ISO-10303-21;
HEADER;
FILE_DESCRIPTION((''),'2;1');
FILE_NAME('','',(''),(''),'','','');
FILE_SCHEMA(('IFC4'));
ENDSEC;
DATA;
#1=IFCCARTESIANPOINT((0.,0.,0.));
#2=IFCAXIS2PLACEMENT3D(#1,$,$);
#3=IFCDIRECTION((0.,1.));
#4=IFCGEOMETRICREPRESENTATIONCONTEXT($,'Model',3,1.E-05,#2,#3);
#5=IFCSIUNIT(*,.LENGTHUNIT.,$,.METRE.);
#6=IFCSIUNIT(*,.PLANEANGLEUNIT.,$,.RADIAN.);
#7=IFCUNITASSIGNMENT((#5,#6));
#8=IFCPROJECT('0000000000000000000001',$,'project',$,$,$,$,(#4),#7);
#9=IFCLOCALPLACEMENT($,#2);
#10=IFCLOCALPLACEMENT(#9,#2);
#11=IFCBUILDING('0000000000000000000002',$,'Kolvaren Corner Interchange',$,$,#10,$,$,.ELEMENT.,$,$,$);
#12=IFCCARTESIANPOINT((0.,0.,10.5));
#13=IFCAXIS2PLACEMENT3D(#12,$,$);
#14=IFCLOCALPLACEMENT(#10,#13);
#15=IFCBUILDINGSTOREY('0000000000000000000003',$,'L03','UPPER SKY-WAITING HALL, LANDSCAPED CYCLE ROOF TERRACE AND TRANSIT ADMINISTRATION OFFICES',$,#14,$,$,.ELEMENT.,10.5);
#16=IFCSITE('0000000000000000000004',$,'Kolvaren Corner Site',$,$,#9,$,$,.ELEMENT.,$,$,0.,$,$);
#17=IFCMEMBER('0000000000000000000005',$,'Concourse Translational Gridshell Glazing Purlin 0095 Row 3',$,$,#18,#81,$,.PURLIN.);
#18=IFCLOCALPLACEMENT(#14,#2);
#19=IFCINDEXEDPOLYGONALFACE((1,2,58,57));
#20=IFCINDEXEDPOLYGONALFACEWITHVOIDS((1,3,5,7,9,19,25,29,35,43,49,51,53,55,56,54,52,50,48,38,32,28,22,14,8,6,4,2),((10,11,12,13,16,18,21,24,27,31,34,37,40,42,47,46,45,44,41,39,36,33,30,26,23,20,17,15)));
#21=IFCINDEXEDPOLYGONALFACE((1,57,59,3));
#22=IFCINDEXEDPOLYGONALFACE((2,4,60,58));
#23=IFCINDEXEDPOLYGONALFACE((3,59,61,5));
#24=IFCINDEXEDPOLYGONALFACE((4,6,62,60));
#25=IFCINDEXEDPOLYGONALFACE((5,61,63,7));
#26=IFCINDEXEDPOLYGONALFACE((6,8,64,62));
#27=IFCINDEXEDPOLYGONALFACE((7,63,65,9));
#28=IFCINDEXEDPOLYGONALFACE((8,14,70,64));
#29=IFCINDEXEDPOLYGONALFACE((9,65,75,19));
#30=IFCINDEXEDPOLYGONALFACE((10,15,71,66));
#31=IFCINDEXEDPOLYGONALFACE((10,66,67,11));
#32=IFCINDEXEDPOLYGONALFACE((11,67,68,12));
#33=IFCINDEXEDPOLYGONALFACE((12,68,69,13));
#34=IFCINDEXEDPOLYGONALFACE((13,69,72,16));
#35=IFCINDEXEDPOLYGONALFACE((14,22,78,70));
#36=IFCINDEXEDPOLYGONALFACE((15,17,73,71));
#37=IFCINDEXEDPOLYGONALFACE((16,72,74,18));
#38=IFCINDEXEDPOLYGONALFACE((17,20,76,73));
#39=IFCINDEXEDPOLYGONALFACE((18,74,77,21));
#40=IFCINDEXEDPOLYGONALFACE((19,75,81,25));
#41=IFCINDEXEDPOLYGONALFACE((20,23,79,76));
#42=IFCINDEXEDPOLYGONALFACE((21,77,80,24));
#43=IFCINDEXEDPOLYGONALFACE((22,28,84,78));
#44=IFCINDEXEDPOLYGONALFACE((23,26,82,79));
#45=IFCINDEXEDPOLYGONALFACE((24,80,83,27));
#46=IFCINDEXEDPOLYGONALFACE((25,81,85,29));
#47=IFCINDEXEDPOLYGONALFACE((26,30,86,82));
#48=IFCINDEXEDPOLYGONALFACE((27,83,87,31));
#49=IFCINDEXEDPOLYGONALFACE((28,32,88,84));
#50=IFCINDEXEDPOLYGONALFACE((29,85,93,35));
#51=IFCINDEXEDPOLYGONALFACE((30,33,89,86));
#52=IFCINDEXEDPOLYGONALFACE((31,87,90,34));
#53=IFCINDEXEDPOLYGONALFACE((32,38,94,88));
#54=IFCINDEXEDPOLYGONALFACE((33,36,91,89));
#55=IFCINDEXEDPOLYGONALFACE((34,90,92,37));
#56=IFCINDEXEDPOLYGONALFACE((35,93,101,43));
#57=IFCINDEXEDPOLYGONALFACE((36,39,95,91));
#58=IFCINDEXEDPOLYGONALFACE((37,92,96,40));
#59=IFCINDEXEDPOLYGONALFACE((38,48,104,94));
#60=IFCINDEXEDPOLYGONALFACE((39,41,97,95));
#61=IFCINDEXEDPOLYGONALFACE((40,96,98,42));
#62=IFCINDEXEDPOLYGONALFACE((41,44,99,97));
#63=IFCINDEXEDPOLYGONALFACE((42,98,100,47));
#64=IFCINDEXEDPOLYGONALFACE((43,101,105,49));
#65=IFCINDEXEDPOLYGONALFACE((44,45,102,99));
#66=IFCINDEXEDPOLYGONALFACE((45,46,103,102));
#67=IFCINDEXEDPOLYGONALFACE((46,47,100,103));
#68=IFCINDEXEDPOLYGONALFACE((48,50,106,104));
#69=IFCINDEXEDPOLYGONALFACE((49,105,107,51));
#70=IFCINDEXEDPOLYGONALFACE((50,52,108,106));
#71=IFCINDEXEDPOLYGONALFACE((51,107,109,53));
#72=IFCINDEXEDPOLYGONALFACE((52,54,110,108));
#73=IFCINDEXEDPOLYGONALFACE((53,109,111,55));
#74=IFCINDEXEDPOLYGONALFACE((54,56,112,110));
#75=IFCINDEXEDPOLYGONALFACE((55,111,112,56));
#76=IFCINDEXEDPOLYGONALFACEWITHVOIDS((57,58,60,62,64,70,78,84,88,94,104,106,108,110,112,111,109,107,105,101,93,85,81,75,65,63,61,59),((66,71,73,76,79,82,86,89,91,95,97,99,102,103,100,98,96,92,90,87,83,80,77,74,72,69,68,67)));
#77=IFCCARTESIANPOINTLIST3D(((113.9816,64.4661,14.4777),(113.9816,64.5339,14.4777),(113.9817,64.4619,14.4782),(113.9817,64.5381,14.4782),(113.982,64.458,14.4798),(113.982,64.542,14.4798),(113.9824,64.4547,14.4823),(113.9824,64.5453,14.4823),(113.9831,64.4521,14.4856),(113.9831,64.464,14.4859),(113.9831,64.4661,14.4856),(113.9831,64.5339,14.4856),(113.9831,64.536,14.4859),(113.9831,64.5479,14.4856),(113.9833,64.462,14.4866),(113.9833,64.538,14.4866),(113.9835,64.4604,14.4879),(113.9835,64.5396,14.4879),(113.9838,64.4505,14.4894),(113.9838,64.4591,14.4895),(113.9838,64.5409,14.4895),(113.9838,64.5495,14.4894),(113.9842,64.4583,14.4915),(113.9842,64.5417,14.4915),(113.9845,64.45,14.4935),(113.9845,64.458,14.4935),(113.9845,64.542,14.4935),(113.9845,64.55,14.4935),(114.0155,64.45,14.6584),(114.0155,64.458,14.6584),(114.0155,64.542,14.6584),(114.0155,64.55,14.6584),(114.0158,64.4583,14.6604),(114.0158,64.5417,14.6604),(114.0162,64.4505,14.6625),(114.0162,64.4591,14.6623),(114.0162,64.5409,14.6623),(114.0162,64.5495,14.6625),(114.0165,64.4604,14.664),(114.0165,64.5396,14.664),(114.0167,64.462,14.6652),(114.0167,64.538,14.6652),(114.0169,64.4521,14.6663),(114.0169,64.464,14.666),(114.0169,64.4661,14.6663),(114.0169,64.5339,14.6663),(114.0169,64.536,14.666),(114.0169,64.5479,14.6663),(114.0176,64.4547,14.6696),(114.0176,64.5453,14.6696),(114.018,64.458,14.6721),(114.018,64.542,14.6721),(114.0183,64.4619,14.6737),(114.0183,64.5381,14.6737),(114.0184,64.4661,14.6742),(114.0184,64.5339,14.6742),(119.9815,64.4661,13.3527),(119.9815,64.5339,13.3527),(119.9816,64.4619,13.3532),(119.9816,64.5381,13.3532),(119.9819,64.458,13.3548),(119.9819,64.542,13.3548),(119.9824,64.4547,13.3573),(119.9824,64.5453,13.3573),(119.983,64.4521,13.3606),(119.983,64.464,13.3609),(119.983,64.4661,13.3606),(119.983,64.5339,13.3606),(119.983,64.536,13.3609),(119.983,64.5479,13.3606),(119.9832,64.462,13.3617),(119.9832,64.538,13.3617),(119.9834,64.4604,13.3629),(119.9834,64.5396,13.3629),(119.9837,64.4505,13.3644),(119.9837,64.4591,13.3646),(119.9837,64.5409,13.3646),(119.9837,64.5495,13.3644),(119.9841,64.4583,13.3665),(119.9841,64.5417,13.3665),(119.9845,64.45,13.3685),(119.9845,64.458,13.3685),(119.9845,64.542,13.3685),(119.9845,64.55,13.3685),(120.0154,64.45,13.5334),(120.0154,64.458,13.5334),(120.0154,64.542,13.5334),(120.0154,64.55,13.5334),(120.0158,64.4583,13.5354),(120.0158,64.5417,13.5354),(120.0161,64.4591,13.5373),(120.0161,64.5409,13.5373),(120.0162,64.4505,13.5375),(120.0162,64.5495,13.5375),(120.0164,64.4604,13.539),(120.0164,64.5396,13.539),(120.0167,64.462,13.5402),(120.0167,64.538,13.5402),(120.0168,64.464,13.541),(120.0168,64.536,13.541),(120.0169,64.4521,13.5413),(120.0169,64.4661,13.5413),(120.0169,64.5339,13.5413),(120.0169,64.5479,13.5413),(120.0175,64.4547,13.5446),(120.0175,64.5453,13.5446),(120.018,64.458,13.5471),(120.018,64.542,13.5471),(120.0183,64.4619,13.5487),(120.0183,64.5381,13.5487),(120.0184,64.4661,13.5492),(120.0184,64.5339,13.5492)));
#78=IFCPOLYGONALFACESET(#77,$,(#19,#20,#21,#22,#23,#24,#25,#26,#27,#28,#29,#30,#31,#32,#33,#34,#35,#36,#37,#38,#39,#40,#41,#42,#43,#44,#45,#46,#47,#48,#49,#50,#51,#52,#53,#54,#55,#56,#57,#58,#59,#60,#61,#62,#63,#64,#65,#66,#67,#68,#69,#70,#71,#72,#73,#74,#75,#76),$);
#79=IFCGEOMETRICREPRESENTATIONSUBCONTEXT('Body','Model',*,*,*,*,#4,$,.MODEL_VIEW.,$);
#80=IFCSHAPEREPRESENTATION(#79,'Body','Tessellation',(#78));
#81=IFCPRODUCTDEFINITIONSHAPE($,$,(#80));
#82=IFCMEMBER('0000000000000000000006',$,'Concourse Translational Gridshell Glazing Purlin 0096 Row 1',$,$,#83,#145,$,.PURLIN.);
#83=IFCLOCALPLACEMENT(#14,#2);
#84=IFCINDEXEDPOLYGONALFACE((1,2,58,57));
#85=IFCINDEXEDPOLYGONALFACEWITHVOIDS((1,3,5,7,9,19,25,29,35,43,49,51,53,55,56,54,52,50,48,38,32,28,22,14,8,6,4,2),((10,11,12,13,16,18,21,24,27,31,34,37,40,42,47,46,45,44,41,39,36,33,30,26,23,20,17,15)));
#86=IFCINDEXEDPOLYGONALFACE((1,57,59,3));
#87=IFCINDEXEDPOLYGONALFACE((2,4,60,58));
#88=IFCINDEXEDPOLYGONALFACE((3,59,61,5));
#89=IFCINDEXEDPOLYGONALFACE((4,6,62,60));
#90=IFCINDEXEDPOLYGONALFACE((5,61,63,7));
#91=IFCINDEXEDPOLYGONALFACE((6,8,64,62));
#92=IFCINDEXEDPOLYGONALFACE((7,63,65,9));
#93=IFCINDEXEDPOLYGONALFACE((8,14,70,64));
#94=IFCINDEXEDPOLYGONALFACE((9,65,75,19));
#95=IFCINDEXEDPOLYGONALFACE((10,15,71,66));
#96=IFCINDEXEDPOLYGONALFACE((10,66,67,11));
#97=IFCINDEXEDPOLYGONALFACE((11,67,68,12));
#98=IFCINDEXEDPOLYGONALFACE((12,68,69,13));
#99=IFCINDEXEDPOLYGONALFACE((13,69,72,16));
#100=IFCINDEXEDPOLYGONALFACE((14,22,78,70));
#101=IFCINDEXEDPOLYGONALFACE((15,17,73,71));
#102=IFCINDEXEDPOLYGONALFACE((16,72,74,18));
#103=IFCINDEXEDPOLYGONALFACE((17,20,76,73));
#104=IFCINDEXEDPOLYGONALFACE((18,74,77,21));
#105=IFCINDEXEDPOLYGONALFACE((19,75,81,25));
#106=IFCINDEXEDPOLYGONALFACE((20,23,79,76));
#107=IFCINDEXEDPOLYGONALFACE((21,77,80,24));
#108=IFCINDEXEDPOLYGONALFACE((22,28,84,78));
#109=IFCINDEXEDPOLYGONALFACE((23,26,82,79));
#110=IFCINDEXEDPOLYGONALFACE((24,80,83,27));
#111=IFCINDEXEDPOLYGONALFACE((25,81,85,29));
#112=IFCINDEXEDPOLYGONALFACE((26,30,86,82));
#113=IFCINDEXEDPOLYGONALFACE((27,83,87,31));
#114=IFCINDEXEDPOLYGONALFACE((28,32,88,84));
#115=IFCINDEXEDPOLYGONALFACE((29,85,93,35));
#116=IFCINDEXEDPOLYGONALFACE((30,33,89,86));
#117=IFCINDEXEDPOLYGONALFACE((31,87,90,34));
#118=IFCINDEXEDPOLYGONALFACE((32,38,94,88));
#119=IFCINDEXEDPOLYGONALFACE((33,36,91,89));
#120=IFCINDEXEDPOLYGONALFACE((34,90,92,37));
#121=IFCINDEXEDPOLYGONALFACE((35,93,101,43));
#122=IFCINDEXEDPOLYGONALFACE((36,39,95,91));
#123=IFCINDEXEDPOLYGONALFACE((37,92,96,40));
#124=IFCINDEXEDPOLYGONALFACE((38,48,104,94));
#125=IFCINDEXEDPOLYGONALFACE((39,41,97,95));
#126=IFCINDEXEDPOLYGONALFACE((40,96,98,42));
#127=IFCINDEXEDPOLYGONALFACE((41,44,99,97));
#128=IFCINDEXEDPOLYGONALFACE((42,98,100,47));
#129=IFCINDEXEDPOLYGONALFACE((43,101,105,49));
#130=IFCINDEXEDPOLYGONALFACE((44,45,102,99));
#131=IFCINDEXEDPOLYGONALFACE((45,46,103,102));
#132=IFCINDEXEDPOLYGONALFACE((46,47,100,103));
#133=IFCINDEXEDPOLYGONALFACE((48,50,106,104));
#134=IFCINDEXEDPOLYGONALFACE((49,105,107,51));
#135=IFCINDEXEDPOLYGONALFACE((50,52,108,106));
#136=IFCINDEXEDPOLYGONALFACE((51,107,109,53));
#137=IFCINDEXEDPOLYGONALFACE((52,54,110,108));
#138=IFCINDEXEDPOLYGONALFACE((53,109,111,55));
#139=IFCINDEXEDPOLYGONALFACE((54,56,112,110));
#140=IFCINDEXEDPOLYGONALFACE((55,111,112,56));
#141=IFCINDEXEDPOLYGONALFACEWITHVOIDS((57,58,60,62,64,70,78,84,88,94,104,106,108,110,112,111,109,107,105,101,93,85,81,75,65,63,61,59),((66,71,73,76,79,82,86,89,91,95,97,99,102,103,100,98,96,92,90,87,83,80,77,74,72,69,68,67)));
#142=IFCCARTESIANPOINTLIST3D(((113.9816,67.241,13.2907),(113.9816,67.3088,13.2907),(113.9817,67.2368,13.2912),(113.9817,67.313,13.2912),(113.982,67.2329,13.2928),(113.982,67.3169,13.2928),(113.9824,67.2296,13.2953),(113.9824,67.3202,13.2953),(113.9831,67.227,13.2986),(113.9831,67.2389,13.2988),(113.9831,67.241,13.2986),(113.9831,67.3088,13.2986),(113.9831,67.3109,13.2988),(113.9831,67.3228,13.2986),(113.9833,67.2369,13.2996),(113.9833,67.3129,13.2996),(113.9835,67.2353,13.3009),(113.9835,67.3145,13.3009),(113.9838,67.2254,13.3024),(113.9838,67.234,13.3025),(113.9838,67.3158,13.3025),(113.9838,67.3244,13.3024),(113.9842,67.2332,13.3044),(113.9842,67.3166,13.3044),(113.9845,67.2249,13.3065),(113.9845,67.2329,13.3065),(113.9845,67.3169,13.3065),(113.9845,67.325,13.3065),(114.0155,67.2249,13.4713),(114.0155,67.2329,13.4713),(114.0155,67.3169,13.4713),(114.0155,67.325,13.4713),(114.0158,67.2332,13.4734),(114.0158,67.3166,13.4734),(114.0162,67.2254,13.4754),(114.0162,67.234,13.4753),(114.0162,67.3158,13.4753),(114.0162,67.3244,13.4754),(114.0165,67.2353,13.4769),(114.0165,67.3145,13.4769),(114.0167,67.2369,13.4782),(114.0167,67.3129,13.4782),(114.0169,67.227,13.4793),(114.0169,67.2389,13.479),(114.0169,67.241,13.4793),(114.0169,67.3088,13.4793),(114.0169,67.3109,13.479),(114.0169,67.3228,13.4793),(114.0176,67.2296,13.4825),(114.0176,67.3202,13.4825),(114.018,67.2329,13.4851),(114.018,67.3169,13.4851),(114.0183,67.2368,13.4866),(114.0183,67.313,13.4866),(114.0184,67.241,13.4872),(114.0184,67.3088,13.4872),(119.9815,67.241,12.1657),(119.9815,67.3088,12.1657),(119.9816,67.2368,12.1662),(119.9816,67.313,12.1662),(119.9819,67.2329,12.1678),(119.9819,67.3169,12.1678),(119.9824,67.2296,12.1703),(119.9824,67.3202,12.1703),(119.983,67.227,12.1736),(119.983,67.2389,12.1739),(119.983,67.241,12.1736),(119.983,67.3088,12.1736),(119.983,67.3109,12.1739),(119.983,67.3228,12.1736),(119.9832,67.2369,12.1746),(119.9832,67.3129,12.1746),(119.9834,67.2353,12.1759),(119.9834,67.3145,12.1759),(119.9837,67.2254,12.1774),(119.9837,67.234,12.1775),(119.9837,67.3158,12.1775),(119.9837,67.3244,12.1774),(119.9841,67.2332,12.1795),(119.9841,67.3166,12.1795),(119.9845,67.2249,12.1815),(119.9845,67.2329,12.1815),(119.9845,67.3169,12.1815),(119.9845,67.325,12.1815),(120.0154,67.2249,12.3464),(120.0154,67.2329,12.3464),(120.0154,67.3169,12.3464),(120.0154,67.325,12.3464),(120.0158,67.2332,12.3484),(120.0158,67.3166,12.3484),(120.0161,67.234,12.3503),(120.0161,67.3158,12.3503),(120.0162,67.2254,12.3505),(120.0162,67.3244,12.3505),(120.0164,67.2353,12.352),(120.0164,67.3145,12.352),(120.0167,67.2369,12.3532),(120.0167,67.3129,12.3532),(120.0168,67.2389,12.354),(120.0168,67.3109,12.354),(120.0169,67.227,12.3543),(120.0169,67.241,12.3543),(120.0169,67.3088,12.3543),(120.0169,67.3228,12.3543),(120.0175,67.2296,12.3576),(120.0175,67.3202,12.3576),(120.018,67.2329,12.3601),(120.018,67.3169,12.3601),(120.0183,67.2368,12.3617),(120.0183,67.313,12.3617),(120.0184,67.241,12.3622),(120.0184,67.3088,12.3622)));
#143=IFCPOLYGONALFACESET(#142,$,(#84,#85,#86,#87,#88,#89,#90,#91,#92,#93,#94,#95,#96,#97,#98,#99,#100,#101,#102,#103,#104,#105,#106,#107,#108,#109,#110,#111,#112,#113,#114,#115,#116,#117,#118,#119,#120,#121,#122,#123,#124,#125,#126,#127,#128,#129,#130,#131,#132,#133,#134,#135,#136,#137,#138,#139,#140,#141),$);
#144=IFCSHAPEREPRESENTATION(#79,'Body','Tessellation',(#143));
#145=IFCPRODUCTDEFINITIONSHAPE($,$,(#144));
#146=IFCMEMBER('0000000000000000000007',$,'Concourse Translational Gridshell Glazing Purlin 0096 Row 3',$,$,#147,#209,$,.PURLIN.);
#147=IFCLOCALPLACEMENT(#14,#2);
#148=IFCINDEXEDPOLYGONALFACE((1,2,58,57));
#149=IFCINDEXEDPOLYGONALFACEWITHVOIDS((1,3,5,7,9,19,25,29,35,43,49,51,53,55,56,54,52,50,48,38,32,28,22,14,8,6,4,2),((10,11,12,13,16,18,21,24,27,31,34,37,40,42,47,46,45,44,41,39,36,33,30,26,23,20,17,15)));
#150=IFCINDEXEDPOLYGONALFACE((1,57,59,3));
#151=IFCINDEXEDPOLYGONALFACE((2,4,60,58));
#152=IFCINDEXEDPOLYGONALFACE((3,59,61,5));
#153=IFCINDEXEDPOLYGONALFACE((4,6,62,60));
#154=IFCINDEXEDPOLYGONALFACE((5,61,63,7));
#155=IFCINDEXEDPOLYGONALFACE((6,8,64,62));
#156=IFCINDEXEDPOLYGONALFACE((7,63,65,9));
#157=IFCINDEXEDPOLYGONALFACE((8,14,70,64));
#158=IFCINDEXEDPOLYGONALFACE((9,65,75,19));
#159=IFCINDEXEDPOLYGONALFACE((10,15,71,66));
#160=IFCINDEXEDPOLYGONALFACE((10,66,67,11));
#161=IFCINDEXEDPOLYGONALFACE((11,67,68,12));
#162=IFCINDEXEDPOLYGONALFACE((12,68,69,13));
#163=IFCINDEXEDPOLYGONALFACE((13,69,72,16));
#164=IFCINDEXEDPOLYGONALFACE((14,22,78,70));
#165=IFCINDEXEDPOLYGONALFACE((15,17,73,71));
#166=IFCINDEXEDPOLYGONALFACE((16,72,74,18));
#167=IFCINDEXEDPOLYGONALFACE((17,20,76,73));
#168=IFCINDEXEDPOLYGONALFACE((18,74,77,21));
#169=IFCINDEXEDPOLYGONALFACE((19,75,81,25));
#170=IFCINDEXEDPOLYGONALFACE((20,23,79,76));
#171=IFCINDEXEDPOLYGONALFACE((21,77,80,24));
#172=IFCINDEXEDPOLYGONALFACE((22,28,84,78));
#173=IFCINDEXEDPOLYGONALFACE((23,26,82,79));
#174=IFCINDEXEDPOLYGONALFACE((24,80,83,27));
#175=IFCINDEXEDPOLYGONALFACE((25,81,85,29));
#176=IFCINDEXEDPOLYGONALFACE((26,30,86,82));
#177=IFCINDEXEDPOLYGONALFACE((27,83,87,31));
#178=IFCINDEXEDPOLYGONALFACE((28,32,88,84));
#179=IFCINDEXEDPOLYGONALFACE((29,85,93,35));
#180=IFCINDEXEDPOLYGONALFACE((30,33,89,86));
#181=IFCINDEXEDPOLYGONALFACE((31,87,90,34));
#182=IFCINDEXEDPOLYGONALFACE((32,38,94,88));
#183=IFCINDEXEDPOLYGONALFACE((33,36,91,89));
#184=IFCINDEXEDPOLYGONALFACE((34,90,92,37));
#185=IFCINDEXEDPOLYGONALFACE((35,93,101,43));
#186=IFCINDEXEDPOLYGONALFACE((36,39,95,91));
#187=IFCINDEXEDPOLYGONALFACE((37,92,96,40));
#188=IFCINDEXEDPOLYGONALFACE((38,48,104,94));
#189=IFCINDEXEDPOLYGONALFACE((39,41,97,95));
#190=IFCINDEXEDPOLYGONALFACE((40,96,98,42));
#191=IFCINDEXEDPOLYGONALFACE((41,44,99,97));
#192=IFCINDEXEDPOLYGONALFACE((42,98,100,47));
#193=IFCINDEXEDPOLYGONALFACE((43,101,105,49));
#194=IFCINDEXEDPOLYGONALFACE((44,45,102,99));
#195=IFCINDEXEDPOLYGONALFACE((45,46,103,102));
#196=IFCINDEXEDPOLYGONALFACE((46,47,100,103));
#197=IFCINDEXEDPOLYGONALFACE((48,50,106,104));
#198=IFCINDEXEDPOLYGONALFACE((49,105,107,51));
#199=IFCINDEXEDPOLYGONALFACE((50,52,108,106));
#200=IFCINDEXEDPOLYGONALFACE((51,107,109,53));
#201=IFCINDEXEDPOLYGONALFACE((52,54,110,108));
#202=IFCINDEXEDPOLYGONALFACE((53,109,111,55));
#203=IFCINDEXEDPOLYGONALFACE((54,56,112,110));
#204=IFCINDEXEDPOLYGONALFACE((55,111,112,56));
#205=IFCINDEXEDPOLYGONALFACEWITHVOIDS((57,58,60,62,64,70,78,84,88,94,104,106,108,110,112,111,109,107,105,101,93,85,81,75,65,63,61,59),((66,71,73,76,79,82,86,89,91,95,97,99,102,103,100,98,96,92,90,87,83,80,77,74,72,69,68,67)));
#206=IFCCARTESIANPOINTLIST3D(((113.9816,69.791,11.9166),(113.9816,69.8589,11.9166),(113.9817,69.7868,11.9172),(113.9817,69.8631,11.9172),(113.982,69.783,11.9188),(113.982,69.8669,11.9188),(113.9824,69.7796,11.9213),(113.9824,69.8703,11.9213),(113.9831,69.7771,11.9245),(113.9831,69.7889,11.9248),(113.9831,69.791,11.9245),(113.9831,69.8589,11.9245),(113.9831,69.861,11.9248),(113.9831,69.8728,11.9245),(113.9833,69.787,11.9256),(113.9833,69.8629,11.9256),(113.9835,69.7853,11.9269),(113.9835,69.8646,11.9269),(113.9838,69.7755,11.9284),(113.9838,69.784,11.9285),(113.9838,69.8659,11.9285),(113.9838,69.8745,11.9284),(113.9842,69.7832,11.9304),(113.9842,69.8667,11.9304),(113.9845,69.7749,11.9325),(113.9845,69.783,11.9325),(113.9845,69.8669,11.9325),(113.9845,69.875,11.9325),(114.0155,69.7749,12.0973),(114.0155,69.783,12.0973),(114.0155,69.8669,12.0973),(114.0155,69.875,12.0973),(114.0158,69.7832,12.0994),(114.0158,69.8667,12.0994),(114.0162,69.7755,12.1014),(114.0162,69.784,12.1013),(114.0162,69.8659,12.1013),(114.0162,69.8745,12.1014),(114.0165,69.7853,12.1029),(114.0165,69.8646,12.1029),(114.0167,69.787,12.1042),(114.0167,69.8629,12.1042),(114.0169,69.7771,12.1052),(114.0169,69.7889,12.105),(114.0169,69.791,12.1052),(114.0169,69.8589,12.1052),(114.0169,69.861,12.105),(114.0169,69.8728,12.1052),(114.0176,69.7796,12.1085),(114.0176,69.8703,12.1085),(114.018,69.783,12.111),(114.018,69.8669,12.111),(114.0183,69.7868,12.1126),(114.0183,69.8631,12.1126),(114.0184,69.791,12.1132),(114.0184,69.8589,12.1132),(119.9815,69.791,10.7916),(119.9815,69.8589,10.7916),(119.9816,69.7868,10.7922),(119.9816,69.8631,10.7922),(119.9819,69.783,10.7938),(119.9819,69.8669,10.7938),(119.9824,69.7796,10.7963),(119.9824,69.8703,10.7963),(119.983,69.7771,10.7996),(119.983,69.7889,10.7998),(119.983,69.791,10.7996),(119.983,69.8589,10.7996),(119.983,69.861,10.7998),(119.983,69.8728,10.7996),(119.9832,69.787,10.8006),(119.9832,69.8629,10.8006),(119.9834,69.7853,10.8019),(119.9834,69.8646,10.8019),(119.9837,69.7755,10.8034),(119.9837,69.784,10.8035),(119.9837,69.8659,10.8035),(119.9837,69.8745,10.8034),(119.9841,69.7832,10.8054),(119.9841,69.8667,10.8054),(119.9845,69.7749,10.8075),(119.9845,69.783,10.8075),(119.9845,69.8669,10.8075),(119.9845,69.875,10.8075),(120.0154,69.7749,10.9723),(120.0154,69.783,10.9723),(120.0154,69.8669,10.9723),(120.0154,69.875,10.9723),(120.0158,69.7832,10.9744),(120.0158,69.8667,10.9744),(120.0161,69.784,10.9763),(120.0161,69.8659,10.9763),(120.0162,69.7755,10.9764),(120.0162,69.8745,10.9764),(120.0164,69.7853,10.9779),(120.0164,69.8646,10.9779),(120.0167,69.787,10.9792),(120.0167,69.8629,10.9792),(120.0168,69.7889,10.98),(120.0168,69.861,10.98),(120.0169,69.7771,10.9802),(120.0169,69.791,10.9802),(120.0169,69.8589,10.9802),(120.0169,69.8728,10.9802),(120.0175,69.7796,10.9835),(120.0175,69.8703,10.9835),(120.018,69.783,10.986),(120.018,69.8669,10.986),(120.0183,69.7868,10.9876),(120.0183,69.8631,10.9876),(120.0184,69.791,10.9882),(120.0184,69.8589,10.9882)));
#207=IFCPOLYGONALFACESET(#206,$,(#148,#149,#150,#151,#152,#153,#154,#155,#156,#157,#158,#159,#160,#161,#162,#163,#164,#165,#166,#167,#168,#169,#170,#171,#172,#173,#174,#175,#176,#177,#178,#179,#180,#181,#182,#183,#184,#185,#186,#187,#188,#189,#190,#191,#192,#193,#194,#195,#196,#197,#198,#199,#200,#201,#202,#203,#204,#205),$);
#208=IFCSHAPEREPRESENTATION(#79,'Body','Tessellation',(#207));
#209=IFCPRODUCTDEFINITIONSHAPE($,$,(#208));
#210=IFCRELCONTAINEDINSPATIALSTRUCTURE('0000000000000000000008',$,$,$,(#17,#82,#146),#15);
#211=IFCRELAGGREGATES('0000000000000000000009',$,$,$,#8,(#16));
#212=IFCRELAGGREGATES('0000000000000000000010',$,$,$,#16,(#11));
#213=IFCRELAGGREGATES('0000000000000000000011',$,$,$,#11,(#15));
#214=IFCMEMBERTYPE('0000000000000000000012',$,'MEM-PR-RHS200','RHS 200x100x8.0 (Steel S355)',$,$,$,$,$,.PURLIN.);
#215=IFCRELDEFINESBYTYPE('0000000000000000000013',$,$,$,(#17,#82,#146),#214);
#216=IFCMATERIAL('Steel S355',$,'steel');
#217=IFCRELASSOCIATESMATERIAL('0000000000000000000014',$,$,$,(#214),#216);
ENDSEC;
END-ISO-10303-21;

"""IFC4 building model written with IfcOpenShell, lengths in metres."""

from ifc_helpers import new_model, si_unit, direction, frame, origin, origin_2d, place, context, subcontext, project, spatial, hollow_rectangle, extrude, material, material_profile, profile_set, type_object, element, save


model = new_model("IFC4")

# Units and contexts
model_context = context("Model", 3, precision=1e-05, world=origin(), true_north=direction((0.0, 1.0)))
body_context = subcontext(model_context, "Body", "Model", "MODEL_VIEW")
ifc_project = project(units=[si_unit("LENGTHUNIT", "METRE"), si_unit("PLANEANGLEUNIT", "RADIAN")], contexts=[model_context])

# Site, building, storey
site_placement = place(None, origin())
site = spatial("IfcSite", under=ifc_project, at=site_placement, Name="Kolvaren Corner Site", CompositionType="ELEMENT", RefElevation=0.0)
building_placement = place(site_placement, origin())
building = spatial("IfcBuilding", under=site, at=building_placement, Name="Kolvaren Corner Interchange", CompositionType="ELEMENT")
storey_placement = place(building_placement, frame((0.0, 0.0, 10.5)))
storey = spatial("IfcBuildingStorey", under=building, at=storey_placement, Name="L03", Description="UPPER SKY-WAITING HALL, LANDSCAPED CYCLE ROOF TERRACE AND TRANSIT ADMINISTRATION OFFICES", CompositionType="ELEMENT", Elevation=10.5)

# Members
ifc_material_1 = material(Name="Steel S355", Category="steel")
ifc_material_profile_1 = material_profile(ifc_material_1, hollow_rectangle(XDim=0.1001, YDim=0.2, WallThickness=0.0081, InnerFilletRadius=0.0081, OuterFilletRadius=0.0161, at=origin_2d()), Name="RHS 200x100x8.0")
ifc_profile_set_1 = profile_set([ifc_material_profile_1], Name="Steel S355")
member_type_1 = type_object("IfcMemberType", Name="MEM-PR-RHS200", Description="RHS 200x100x8.0 (Steel S355)", PredefinedType="PURLIN", material=ifc_profile_set_1)
for number, where, z_axis, x_axis, name in (
    (1, (114.0, 64.5, 14.5759), (0.982872, 0.0, -0.184289), (0.0, 1.0, 0.0), "Concourse Translational Gridshell Glazing Purlin 0095 Row 3"),
    (2, (114.0, 67.2749, 13.3889), (0.982872, 0.0, -0.184289), (0.0, 1.0, 0.0), "Concourse Translational Gridshell Glazing Purlin 0096 Row 1"),
    (3, (114.0, 69.825, 12.0149), (0.982872, 0.0, -0.184289), (0.0, 1.0, 0.0), "Concourse Translational Gridshell Glazing Purlin 0096 Row 3"),
):
    element("IfcMember", number, at=place(storey_placement, frame(where, z_axis=z_axis, x_axis=x_axis)), inside=storey, type_object=member_type_1, Name=name, PredefinedType="PURLIN", context=body_context, shape_type="SweptSolid", body=[
        extrude(hollow_rectangle(XDim=0.1001, YDim=0.2, WallThickness=0.0081, InnerFilletRadius=0.0081, OuterFilletRadius=0.0161, at=origin_2d()), origin(), (0.0, 0.0, 1.0), 6.1045),
    ])

save(model, "model.ifc")
